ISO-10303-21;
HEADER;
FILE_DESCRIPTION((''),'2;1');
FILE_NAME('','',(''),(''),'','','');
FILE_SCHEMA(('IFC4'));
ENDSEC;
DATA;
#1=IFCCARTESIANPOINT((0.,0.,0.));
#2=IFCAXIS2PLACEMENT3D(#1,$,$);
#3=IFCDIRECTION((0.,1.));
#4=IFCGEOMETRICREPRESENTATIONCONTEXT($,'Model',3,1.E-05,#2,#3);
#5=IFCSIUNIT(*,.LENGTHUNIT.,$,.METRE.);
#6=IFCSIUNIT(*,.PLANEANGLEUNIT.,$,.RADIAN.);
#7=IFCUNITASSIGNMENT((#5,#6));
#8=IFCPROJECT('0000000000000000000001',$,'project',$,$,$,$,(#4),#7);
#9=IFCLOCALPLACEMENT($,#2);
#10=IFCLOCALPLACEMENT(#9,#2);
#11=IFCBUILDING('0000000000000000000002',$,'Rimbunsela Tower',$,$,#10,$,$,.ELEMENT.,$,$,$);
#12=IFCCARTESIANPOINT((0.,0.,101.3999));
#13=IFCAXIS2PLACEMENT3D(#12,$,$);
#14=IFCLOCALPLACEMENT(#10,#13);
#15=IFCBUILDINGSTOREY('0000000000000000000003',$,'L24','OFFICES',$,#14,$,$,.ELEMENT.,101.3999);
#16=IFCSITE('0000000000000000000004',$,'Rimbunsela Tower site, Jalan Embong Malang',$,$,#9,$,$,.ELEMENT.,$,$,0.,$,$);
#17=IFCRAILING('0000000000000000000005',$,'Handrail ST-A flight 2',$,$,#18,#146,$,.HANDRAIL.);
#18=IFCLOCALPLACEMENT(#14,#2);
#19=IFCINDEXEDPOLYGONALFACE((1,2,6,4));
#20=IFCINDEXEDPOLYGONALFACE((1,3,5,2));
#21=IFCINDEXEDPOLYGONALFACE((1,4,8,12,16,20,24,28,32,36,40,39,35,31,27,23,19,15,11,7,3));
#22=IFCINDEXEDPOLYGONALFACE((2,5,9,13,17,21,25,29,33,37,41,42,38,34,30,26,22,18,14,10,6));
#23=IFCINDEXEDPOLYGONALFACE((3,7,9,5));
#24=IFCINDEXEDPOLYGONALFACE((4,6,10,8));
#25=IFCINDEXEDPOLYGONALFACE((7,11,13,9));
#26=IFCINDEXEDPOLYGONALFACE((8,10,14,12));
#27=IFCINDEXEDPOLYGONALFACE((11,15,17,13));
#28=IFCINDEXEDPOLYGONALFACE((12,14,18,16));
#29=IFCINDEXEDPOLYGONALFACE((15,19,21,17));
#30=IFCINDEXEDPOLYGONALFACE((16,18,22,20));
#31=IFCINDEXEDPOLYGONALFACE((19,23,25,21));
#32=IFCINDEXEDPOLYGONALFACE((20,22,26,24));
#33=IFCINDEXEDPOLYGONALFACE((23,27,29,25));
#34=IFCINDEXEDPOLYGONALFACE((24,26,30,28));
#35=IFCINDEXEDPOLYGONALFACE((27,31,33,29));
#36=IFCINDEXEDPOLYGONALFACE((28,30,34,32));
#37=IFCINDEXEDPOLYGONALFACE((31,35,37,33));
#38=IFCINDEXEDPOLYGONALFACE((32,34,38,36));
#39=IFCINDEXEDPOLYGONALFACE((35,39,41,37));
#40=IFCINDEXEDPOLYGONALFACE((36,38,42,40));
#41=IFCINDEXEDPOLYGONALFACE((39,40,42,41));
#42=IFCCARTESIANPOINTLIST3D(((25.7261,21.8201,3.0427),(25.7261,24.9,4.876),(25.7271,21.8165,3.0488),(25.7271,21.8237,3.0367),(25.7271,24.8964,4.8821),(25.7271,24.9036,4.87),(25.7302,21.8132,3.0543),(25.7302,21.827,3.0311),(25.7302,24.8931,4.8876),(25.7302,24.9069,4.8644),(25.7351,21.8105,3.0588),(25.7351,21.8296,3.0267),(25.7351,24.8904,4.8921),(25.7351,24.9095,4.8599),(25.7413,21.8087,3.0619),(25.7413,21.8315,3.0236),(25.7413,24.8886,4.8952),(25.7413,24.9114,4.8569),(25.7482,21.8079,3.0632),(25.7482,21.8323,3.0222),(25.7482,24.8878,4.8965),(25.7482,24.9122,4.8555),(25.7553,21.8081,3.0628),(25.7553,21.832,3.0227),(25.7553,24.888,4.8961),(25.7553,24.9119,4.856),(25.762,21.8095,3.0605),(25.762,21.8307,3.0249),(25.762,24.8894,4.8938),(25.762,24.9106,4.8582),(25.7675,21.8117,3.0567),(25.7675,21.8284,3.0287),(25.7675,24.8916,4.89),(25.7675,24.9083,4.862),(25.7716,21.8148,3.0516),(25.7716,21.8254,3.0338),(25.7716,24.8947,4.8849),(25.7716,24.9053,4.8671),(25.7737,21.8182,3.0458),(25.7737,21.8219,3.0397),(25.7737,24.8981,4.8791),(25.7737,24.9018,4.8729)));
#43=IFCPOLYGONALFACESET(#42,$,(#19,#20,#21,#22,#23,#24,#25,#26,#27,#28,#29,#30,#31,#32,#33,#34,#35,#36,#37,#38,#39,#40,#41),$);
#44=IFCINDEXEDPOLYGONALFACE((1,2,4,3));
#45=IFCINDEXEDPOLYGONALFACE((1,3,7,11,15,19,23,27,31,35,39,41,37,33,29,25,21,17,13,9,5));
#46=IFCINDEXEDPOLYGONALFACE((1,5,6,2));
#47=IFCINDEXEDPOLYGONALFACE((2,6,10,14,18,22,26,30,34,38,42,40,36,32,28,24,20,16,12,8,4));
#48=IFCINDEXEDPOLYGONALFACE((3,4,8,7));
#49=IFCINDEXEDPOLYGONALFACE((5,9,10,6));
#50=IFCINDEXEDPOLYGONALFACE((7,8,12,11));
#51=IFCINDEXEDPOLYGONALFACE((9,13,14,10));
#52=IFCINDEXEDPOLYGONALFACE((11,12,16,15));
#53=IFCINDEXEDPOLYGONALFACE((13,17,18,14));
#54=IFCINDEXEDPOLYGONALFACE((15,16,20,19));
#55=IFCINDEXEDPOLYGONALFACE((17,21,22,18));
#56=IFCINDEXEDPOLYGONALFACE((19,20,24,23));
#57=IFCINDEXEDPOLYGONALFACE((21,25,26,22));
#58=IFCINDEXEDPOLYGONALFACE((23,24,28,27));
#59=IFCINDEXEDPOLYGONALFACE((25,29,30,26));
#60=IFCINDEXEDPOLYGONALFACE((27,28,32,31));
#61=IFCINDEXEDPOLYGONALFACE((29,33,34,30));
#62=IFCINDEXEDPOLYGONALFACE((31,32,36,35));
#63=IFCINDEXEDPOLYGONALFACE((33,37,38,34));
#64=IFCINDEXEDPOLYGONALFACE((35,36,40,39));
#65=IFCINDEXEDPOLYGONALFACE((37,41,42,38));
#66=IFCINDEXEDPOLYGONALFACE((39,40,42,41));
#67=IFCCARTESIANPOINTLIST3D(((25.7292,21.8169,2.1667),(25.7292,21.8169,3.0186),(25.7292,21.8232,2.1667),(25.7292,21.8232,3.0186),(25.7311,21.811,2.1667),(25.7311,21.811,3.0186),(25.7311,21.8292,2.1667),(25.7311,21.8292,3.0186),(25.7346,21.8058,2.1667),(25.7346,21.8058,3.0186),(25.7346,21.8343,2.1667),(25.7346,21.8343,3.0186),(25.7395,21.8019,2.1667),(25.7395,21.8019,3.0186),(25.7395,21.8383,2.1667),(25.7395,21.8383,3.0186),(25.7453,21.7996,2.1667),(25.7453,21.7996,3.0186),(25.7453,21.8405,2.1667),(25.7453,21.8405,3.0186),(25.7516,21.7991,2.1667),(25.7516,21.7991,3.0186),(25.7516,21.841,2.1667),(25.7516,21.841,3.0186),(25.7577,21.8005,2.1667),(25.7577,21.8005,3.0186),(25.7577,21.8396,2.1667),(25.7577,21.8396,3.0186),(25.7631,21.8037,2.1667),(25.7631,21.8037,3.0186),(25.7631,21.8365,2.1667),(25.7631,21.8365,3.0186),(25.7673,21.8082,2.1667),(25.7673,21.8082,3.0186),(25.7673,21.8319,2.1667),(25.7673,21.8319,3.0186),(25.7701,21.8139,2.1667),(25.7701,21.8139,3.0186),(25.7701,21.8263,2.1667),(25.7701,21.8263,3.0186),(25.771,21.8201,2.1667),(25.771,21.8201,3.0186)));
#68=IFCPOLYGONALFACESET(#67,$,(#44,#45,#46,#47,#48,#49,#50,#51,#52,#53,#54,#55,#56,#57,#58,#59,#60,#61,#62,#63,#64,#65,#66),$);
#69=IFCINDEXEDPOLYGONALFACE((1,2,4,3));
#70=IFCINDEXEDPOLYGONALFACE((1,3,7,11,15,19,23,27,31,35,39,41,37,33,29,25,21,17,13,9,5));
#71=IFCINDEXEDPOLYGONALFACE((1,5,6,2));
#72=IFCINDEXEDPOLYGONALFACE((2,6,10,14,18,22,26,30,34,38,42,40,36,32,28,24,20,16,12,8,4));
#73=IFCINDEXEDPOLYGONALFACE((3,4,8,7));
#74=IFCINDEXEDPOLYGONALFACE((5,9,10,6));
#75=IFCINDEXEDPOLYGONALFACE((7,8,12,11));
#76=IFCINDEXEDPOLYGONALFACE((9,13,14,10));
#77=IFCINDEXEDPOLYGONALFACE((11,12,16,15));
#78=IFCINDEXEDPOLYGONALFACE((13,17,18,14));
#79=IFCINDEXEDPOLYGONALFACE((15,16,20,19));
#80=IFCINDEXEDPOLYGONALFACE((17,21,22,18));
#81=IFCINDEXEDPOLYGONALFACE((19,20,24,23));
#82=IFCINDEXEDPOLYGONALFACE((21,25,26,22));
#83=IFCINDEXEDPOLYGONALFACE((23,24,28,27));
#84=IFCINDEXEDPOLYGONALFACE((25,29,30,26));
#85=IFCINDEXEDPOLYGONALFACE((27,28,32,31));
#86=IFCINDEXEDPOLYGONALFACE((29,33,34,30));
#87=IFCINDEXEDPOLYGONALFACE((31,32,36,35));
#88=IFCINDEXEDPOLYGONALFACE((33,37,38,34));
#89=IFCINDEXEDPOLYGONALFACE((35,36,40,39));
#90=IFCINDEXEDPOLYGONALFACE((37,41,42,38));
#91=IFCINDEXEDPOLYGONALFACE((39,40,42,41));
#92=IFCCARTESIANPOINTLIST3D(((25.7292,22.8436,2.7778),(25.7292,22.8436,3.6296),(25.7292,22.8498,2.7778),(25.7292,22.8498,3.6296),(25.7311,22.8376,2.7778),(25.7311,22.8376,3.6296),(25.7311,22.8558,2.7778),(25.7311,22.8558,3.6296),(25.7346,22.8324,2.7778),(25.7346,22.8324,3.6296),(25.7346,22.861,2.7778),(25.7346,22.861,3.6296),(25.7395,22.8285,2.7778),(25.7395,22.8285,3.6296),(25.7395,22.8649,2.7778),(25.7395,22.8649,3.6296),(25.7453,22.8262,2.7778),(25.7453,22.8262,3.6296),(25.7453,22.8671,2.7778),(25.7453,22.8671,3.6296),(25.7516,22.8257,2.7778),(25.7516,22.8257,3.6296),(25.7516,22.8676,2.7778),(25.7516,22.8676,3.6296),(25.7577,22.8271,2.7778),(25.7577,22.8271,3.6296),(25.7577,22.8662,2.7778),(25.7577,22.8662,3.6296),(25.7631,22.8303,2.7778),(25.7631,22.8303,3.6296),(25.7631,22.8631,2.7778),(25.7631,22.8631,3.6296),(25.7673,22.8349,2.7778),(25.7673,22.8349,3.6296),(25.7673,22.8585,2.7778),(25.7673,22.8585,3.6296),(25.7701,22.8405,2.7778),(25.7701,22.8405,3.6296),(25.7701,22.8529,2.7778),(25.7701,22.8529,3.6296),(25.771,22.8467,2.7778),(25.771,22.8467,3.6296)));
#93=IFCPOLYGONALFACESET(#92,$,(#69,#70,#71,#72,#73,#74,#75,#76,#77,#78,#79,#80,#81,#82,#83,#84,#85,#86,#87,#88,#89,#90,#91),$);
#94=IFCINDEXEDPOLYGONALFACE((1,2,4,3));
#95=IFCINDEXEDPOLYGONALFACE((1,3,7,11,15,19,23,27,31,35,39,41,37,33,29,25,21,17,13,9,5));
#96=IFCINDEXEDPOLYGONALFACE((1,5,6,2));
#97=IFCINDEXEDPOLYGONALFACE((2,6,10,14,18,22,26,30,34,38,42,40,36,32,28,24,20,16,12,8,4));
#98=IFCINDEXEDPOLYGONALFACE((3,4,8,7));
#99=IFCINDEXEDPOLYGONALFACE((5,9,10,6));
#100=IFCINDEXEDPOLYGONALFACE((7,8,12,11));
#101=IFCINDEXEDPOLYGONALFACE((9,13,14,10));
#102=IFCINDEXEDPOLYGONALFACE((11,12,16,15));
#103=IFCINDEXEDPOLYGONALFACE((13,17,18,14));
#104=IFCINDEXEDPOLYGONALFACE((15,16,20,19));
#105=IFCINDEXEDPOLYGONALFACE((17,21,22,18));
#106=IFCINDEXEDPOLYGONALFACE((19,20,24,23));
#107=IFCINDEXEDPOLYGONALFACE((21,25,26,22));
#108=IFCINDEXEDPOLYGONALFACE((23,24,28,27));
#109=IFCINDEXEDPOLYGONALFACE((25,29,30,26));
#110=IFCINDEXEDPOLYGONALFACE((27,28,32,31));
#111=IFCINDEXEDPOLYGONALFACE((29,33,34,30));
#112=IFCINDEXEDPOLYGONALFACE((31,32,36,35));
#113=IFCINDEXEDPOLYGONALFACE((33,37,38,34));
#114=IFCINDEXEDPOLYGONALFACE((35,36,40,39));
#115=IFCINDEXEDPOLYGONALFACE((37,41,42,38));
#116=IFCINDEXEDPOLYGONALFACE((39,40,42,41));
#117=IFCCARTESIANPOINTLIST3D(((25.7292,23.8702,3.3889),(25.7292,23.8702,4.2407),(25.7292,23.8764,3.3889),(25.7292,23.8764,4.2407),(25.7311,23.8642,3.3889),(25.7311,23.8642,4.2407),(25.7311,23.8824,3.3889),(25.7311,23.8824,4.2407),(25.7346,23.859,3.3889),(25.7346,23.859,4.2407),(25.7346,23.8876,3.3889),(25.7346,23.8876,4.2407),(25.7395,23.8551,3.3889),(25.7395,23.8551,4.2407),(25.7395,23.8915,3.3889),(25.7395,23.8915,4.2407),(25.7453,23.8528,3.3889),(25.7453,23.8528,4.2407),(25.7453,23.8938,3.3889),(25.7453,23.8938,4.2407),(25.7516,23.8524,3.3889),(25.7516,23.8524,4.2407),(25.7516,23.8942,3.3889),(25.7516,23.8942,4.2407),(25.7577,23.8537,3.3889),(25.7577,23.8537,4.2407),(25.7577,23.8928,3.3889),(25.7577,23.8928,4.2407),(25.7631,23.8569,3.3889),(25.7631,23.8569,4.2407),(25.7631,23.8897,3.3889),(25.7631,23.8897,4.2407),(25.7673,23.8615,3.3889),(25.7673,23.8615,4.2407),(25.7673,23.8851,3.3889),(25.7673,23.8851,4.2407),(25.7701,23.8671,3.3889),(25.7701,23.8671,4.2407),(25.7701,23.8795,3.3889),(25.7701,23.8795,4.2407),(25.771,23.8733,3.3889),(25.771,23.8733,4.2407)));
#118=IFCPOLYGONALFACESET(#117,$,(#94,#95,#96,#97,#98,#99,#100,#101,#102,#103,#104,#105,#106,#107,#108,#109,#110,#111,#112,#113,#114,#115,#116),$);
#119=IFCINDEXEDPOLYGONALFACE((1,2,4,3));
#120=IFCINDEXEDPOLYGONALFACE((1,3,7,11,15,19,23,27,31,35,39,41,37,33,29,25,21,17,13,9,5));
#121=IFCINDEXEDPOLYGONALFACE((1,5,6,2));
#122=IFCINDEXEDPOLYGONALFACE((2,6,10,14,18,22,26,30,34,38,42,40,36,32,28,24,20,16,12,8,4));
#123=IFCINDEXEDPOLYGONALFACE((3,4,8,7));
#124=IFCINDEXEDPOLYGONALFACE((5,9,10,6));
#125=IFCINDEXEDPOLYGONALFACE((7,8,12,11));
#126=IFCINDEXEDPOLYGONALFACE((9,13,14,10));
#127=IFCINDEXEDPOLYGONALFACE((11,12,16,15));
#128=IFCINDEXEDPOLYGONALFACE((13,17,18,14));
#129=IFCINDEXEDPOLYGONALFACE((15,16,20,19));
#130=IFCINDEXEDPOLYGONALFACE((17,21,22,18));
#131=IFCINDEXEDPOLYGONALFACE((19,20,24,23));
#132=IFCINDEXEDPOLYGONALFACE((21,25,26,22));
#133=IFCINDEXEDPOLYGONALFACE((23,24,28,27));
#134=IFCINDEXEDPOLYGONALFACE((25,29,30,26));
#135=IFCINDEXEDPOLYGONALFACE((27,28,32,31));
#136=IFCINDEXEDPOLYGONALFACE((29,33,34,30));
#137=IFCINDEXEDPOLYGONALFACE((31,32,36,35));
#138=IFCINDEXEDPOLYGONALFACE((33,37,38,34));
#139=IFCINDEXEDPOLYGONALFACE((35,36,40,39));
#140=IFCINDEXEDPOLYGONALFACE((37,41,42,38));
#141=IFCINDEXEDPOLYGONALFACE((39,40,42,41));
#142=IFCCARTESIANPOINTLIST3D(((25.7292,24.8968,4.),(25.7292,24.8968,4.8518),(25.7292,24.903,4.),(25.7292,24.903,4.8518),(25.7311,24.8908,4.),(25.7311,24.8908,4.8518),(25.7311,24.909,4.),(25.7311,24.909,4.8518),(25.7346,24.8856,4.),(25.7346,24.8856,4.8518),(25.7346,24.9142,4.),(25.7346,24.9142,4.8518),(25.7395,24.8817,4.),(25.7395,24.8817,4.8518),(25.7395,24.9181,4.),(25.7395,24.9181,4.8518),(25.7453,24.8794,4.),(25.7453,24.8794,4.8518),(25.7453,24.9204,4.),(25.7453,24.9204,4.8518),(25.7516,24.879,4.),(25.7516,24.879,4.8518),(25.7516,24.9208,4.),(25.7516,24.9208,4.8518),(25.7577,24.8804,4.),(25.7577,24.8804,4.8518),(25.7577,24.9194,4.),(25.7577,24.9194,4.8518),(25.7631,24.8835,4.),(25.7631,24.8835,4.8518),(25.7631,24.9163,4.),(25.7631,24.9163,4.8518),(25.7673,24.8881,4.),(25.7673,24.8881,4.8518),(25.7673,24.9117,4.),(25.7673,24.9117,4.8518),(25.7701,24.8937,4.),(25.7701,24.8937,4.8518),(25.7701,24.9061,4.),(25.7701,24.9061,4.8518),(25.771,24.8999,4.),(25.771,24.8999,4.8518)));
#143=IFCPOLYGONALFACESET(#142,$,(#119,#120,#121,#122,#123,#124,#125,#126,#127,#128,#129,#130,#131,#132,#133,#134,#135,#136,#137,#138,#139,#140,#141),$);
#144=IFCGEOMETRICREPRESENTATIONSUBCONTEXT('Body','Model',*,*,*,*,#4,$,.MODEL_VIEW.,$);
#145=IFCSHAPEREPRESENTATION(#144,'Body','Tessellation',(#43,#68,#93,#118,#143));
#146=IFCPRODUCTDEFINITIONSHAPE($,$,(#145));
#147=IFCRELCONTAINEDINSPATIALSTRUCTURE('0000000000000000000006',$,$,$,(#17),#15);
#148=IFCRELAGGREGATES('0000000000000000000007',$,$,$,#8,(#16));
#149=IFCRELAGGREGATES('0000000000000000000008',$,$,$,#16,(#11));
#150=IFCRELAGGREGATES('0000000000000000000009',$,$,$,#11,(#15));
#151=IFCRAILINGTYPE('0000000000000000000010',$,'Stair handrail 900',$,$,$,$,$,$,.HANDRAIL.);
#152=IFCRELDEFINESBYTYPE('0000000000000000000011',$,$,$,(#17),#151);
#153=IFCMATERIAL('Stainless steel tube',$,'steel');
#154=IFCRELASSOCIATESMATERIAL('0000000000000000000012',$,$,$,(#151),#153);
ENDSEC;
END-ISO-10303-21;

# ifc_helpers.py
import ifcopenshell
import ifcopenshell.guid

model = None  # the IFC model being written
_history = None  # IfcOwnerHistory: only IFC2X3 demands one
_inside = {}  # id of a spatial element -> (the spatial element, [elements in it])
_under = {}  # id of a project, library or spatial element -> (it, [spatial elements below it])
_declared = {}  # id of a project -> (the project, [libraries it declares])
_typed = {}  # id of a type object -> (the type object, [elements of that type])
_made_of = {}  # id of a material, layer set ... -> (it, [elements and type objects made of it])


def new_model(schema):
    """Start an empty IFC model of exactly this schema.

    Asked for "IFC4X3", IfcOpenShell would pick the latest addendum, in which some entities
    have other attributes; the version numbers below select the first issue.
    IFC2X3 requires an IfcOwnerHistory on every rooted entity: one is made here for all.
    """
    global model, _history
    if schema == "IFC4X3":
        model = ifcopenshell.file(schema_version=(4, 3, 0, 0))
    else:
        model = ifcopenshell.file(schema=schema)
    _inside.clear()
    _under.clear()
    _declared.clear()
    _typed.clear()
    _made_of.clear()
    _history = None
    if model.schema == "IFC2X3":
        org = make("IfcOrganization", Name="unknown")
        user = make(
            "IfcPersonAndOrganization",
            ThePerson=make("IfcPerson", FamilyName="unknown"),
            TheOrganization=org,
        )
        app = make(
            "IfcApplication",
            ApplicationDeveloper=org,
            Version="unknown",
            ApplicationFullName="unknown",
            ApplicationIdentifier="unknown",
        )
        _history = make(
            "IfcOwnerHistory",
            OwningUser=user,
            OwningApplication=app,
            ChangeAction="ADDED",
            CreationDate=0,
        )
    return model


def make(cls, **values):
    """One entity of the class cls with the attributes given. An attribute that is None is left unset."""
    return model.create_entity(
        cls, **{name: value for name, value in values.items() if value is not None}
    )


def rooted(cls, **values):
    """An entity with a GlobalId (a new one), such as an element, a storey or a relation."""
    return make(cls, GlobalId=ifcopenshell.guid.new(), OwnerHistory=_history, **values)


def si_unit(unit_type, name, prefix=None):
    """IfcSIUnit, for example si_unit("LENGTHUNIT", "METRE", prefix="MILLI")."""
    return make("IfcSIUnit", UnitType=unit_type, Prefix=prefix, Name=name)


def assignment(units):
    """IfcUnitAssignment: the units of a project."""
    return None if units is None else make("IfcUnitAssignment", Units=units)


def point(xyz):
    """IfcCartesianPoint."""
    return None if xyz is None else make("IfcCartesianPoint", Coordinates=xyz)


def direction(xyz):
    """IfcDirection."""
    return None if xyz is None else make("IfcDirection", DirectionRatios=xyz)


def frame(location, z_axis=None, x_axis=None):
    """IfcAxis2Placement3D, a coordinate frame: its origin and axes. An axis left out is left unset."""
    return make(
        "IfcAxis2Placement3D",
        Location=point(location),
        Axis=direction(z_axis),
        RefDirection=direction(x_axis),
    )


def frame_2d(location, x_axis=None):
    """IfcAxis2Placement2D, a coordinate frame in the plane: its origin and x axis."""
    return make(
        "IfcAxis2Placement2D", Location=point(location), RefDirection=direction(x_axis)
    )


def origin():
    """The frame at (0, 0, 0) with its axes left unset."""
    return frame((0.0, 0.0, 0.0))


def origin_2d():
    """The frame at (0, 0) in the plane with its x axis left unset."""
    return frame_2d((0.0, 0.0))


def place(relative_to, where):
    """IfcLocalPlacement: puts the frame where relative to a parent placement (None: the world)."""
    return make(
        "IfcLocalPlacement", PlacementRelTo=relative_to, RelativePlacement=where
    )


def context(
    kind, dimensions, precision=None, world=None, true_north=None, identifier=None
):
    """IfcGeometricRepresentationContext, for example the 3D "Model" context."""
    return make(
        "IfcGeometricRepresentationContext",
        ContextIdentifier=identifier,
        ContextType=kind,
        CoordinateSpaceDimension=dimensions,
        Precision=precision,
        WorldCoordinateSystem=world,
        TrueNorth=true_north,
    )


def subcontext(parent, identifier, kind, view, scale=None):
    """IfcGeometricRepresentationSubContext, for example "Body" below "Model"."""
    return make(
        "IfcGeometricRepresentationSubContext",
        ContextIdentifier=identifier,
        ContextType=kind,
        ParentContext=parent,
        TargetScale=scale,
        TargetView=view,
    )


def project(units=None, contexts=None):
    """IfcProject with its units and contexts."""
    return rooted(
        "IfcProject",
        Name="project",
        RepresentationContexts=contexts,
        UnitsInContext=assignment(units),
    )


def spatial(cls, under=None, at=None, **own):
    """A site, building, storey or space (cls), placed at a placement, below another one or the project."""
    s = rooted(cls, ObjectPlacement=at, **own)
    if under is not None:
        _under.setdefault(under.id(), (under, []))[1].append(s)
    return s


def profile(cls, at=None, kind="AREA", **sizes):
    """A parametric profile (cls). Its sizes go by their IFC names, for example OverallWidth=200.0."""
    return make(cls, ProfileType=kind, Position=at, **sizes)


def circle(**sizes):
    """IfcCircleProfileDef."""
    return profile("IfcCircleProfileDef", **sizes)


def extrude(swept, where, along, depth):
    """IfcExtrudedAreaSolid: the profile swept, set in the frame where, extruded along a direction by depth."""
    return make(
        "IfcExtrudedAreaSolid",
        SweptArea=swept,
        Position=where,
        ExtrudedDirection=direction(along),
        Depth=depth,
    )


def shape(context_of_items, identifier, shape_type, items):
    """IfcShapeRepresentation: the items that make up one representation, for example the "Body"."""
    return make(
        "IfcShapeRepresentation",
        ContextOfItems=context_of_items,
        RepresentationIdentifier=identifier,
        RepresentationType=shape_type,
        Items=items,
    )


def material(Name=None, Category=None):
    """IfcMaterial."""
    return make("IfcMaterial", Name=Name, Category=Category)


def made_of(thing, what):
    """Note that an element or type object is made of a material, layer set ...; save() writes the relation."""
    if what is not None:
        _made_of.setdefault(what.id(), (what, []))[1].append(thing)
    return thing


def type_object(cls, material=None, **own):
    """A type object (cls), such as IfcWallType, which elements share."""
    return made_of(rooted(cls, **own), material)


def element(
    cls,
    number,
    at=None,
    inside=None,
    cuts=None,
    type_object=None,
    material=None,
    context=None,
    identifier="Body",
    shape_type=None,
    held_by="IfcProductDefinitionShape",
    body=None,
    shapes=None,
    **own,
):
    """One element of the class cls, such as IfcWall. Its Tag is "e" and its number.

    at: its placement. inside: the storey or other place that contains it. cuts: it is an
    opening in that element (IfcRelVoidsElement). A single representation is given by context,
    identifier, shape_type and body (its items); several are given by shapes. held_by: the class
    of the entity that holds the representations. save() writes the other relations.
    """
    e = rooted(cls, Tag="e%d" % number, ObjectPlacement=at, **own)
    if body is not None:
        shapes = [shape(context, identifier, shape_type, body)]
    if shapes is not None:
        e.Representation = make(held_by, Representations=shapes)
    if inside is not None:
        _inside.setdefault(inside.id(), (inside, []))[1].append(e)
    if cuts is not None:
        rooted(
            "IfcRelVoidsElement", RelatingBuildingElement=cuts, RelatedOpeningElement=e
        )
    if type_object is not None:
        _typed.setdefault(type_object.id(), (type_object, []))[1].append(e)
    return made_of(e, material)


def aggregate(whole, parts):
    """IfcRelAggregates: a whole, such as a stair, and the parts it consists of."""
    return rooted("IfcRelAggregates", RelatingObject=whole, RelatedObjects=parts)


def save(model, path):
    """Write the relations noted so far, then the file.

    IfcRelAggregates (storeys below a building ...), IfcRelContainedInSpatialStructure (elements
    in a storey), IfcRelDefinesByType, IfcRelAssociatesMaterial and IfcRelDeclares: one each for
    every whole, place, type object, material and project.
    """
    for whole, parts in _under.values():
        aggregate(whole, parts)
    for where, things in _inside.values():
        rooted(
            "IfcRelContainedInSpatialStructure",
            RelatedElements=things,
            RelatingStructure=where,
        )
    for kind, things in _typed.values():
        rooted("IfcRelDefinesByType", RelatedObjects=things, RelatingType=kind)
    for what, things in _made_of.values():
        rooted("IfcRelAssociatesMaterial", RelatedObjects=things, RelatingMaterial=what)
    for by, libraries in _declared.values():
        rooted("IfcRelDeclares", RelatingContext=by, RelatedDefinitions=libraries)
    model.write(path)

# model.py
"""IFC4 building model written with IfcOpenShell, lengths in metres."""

from ifc_helpers import new_model, si_unit, direction, frame, origin, origin_2d, place, context, subcontext, project, spatial, circle, extrude, material, type_object, element, save


model = new_model("IFC4")

# Units and contexts
model_context = context("Model", 3, precision=1e-05, world=origin(), true_north=direction((0.0, 1.0)))
body_context = subcontext(model_context, "Body", "Model", "MODEL_VIEW")
ifc_project = project(units=[si_unit("LENGTHUNIT", "METRE"), si_unit("PLANEANGLEUNIT", "RADIAN")], contexts=[model_context])

# Site, building, storey
site_placement = place(None, origin())
site = spatial("IfcSite", under=ifc_project, at=site_placement, Name="Rimbunsela Tower site, Jalan Embong Malang", CompositionType="ELEMENT", RefElevation=0.0)
building_placement = place(site_placement, origin())
building = spatial("IfcBuilding", under=site, at=building_placement, Name="Rimbunsela Tower", CompositionType="ELEMENT")
storey_placement = place(building_placement, frame((0.0, 0.0, 101.3999)))
storey = spatial("IfcBuildingStorey", under=building, at=storey_placement, Name="L24", Description="OFFICES", CompositionType="ELEMENT", Elevation=101.3999)

# Railing
ifc_material_1 = material(Name="Stainless steel tube", Category="steel")
railing_type = type_object("IfcRailingType", Name="Stair handrail 900", PredefinedType="HANDRAIL", material=ifc_material_1)
railing_1_placement = place(storey_placement, frame((25.75, 21.8201, 2.1667)))
element("IfcRailing", 1, at=railing_1_placement, inside=storey, type_object=railing_type, Name="Handrail ST-A flight 2", PredefinedType="HANDRAIL", context=body_context, shape_type="SweptSolid", body=[
    extrude(circle(Radius=0.0239, at=origin_2d()), frame((0.0, 0.0, 0.876), z_axis=(0.0, 0.859291, 0.511487), x_axis=(-1.0, 0.0, 0.0)), (0.0, 0.0, 1.0), 3.5842),
    extrude(circle(Radius=0.021, at=origin_2d()), origin(), (0.0, 0.0, 1.0), 0.8518),
    extrude(circle(Radius=0.021, at=origin_2d()), frame((0.0, 1.0266, 0.6111)), (0.0, 0.0, 1.0), 0.8518),
    extrude(circle(Radius=0.021, at=origin_2d()), frame((0.0, 2.0532, 1.2222)), (0.0, 0.0, 1.0), 0.8518),
    extrude(circle(Radius=0.021, at=origin_2d()), frame((0.0, 3.0798, 1.8333)), (0.0, 0.0, 1.0), 0.8518),
])

save(model, "model.ifc")
